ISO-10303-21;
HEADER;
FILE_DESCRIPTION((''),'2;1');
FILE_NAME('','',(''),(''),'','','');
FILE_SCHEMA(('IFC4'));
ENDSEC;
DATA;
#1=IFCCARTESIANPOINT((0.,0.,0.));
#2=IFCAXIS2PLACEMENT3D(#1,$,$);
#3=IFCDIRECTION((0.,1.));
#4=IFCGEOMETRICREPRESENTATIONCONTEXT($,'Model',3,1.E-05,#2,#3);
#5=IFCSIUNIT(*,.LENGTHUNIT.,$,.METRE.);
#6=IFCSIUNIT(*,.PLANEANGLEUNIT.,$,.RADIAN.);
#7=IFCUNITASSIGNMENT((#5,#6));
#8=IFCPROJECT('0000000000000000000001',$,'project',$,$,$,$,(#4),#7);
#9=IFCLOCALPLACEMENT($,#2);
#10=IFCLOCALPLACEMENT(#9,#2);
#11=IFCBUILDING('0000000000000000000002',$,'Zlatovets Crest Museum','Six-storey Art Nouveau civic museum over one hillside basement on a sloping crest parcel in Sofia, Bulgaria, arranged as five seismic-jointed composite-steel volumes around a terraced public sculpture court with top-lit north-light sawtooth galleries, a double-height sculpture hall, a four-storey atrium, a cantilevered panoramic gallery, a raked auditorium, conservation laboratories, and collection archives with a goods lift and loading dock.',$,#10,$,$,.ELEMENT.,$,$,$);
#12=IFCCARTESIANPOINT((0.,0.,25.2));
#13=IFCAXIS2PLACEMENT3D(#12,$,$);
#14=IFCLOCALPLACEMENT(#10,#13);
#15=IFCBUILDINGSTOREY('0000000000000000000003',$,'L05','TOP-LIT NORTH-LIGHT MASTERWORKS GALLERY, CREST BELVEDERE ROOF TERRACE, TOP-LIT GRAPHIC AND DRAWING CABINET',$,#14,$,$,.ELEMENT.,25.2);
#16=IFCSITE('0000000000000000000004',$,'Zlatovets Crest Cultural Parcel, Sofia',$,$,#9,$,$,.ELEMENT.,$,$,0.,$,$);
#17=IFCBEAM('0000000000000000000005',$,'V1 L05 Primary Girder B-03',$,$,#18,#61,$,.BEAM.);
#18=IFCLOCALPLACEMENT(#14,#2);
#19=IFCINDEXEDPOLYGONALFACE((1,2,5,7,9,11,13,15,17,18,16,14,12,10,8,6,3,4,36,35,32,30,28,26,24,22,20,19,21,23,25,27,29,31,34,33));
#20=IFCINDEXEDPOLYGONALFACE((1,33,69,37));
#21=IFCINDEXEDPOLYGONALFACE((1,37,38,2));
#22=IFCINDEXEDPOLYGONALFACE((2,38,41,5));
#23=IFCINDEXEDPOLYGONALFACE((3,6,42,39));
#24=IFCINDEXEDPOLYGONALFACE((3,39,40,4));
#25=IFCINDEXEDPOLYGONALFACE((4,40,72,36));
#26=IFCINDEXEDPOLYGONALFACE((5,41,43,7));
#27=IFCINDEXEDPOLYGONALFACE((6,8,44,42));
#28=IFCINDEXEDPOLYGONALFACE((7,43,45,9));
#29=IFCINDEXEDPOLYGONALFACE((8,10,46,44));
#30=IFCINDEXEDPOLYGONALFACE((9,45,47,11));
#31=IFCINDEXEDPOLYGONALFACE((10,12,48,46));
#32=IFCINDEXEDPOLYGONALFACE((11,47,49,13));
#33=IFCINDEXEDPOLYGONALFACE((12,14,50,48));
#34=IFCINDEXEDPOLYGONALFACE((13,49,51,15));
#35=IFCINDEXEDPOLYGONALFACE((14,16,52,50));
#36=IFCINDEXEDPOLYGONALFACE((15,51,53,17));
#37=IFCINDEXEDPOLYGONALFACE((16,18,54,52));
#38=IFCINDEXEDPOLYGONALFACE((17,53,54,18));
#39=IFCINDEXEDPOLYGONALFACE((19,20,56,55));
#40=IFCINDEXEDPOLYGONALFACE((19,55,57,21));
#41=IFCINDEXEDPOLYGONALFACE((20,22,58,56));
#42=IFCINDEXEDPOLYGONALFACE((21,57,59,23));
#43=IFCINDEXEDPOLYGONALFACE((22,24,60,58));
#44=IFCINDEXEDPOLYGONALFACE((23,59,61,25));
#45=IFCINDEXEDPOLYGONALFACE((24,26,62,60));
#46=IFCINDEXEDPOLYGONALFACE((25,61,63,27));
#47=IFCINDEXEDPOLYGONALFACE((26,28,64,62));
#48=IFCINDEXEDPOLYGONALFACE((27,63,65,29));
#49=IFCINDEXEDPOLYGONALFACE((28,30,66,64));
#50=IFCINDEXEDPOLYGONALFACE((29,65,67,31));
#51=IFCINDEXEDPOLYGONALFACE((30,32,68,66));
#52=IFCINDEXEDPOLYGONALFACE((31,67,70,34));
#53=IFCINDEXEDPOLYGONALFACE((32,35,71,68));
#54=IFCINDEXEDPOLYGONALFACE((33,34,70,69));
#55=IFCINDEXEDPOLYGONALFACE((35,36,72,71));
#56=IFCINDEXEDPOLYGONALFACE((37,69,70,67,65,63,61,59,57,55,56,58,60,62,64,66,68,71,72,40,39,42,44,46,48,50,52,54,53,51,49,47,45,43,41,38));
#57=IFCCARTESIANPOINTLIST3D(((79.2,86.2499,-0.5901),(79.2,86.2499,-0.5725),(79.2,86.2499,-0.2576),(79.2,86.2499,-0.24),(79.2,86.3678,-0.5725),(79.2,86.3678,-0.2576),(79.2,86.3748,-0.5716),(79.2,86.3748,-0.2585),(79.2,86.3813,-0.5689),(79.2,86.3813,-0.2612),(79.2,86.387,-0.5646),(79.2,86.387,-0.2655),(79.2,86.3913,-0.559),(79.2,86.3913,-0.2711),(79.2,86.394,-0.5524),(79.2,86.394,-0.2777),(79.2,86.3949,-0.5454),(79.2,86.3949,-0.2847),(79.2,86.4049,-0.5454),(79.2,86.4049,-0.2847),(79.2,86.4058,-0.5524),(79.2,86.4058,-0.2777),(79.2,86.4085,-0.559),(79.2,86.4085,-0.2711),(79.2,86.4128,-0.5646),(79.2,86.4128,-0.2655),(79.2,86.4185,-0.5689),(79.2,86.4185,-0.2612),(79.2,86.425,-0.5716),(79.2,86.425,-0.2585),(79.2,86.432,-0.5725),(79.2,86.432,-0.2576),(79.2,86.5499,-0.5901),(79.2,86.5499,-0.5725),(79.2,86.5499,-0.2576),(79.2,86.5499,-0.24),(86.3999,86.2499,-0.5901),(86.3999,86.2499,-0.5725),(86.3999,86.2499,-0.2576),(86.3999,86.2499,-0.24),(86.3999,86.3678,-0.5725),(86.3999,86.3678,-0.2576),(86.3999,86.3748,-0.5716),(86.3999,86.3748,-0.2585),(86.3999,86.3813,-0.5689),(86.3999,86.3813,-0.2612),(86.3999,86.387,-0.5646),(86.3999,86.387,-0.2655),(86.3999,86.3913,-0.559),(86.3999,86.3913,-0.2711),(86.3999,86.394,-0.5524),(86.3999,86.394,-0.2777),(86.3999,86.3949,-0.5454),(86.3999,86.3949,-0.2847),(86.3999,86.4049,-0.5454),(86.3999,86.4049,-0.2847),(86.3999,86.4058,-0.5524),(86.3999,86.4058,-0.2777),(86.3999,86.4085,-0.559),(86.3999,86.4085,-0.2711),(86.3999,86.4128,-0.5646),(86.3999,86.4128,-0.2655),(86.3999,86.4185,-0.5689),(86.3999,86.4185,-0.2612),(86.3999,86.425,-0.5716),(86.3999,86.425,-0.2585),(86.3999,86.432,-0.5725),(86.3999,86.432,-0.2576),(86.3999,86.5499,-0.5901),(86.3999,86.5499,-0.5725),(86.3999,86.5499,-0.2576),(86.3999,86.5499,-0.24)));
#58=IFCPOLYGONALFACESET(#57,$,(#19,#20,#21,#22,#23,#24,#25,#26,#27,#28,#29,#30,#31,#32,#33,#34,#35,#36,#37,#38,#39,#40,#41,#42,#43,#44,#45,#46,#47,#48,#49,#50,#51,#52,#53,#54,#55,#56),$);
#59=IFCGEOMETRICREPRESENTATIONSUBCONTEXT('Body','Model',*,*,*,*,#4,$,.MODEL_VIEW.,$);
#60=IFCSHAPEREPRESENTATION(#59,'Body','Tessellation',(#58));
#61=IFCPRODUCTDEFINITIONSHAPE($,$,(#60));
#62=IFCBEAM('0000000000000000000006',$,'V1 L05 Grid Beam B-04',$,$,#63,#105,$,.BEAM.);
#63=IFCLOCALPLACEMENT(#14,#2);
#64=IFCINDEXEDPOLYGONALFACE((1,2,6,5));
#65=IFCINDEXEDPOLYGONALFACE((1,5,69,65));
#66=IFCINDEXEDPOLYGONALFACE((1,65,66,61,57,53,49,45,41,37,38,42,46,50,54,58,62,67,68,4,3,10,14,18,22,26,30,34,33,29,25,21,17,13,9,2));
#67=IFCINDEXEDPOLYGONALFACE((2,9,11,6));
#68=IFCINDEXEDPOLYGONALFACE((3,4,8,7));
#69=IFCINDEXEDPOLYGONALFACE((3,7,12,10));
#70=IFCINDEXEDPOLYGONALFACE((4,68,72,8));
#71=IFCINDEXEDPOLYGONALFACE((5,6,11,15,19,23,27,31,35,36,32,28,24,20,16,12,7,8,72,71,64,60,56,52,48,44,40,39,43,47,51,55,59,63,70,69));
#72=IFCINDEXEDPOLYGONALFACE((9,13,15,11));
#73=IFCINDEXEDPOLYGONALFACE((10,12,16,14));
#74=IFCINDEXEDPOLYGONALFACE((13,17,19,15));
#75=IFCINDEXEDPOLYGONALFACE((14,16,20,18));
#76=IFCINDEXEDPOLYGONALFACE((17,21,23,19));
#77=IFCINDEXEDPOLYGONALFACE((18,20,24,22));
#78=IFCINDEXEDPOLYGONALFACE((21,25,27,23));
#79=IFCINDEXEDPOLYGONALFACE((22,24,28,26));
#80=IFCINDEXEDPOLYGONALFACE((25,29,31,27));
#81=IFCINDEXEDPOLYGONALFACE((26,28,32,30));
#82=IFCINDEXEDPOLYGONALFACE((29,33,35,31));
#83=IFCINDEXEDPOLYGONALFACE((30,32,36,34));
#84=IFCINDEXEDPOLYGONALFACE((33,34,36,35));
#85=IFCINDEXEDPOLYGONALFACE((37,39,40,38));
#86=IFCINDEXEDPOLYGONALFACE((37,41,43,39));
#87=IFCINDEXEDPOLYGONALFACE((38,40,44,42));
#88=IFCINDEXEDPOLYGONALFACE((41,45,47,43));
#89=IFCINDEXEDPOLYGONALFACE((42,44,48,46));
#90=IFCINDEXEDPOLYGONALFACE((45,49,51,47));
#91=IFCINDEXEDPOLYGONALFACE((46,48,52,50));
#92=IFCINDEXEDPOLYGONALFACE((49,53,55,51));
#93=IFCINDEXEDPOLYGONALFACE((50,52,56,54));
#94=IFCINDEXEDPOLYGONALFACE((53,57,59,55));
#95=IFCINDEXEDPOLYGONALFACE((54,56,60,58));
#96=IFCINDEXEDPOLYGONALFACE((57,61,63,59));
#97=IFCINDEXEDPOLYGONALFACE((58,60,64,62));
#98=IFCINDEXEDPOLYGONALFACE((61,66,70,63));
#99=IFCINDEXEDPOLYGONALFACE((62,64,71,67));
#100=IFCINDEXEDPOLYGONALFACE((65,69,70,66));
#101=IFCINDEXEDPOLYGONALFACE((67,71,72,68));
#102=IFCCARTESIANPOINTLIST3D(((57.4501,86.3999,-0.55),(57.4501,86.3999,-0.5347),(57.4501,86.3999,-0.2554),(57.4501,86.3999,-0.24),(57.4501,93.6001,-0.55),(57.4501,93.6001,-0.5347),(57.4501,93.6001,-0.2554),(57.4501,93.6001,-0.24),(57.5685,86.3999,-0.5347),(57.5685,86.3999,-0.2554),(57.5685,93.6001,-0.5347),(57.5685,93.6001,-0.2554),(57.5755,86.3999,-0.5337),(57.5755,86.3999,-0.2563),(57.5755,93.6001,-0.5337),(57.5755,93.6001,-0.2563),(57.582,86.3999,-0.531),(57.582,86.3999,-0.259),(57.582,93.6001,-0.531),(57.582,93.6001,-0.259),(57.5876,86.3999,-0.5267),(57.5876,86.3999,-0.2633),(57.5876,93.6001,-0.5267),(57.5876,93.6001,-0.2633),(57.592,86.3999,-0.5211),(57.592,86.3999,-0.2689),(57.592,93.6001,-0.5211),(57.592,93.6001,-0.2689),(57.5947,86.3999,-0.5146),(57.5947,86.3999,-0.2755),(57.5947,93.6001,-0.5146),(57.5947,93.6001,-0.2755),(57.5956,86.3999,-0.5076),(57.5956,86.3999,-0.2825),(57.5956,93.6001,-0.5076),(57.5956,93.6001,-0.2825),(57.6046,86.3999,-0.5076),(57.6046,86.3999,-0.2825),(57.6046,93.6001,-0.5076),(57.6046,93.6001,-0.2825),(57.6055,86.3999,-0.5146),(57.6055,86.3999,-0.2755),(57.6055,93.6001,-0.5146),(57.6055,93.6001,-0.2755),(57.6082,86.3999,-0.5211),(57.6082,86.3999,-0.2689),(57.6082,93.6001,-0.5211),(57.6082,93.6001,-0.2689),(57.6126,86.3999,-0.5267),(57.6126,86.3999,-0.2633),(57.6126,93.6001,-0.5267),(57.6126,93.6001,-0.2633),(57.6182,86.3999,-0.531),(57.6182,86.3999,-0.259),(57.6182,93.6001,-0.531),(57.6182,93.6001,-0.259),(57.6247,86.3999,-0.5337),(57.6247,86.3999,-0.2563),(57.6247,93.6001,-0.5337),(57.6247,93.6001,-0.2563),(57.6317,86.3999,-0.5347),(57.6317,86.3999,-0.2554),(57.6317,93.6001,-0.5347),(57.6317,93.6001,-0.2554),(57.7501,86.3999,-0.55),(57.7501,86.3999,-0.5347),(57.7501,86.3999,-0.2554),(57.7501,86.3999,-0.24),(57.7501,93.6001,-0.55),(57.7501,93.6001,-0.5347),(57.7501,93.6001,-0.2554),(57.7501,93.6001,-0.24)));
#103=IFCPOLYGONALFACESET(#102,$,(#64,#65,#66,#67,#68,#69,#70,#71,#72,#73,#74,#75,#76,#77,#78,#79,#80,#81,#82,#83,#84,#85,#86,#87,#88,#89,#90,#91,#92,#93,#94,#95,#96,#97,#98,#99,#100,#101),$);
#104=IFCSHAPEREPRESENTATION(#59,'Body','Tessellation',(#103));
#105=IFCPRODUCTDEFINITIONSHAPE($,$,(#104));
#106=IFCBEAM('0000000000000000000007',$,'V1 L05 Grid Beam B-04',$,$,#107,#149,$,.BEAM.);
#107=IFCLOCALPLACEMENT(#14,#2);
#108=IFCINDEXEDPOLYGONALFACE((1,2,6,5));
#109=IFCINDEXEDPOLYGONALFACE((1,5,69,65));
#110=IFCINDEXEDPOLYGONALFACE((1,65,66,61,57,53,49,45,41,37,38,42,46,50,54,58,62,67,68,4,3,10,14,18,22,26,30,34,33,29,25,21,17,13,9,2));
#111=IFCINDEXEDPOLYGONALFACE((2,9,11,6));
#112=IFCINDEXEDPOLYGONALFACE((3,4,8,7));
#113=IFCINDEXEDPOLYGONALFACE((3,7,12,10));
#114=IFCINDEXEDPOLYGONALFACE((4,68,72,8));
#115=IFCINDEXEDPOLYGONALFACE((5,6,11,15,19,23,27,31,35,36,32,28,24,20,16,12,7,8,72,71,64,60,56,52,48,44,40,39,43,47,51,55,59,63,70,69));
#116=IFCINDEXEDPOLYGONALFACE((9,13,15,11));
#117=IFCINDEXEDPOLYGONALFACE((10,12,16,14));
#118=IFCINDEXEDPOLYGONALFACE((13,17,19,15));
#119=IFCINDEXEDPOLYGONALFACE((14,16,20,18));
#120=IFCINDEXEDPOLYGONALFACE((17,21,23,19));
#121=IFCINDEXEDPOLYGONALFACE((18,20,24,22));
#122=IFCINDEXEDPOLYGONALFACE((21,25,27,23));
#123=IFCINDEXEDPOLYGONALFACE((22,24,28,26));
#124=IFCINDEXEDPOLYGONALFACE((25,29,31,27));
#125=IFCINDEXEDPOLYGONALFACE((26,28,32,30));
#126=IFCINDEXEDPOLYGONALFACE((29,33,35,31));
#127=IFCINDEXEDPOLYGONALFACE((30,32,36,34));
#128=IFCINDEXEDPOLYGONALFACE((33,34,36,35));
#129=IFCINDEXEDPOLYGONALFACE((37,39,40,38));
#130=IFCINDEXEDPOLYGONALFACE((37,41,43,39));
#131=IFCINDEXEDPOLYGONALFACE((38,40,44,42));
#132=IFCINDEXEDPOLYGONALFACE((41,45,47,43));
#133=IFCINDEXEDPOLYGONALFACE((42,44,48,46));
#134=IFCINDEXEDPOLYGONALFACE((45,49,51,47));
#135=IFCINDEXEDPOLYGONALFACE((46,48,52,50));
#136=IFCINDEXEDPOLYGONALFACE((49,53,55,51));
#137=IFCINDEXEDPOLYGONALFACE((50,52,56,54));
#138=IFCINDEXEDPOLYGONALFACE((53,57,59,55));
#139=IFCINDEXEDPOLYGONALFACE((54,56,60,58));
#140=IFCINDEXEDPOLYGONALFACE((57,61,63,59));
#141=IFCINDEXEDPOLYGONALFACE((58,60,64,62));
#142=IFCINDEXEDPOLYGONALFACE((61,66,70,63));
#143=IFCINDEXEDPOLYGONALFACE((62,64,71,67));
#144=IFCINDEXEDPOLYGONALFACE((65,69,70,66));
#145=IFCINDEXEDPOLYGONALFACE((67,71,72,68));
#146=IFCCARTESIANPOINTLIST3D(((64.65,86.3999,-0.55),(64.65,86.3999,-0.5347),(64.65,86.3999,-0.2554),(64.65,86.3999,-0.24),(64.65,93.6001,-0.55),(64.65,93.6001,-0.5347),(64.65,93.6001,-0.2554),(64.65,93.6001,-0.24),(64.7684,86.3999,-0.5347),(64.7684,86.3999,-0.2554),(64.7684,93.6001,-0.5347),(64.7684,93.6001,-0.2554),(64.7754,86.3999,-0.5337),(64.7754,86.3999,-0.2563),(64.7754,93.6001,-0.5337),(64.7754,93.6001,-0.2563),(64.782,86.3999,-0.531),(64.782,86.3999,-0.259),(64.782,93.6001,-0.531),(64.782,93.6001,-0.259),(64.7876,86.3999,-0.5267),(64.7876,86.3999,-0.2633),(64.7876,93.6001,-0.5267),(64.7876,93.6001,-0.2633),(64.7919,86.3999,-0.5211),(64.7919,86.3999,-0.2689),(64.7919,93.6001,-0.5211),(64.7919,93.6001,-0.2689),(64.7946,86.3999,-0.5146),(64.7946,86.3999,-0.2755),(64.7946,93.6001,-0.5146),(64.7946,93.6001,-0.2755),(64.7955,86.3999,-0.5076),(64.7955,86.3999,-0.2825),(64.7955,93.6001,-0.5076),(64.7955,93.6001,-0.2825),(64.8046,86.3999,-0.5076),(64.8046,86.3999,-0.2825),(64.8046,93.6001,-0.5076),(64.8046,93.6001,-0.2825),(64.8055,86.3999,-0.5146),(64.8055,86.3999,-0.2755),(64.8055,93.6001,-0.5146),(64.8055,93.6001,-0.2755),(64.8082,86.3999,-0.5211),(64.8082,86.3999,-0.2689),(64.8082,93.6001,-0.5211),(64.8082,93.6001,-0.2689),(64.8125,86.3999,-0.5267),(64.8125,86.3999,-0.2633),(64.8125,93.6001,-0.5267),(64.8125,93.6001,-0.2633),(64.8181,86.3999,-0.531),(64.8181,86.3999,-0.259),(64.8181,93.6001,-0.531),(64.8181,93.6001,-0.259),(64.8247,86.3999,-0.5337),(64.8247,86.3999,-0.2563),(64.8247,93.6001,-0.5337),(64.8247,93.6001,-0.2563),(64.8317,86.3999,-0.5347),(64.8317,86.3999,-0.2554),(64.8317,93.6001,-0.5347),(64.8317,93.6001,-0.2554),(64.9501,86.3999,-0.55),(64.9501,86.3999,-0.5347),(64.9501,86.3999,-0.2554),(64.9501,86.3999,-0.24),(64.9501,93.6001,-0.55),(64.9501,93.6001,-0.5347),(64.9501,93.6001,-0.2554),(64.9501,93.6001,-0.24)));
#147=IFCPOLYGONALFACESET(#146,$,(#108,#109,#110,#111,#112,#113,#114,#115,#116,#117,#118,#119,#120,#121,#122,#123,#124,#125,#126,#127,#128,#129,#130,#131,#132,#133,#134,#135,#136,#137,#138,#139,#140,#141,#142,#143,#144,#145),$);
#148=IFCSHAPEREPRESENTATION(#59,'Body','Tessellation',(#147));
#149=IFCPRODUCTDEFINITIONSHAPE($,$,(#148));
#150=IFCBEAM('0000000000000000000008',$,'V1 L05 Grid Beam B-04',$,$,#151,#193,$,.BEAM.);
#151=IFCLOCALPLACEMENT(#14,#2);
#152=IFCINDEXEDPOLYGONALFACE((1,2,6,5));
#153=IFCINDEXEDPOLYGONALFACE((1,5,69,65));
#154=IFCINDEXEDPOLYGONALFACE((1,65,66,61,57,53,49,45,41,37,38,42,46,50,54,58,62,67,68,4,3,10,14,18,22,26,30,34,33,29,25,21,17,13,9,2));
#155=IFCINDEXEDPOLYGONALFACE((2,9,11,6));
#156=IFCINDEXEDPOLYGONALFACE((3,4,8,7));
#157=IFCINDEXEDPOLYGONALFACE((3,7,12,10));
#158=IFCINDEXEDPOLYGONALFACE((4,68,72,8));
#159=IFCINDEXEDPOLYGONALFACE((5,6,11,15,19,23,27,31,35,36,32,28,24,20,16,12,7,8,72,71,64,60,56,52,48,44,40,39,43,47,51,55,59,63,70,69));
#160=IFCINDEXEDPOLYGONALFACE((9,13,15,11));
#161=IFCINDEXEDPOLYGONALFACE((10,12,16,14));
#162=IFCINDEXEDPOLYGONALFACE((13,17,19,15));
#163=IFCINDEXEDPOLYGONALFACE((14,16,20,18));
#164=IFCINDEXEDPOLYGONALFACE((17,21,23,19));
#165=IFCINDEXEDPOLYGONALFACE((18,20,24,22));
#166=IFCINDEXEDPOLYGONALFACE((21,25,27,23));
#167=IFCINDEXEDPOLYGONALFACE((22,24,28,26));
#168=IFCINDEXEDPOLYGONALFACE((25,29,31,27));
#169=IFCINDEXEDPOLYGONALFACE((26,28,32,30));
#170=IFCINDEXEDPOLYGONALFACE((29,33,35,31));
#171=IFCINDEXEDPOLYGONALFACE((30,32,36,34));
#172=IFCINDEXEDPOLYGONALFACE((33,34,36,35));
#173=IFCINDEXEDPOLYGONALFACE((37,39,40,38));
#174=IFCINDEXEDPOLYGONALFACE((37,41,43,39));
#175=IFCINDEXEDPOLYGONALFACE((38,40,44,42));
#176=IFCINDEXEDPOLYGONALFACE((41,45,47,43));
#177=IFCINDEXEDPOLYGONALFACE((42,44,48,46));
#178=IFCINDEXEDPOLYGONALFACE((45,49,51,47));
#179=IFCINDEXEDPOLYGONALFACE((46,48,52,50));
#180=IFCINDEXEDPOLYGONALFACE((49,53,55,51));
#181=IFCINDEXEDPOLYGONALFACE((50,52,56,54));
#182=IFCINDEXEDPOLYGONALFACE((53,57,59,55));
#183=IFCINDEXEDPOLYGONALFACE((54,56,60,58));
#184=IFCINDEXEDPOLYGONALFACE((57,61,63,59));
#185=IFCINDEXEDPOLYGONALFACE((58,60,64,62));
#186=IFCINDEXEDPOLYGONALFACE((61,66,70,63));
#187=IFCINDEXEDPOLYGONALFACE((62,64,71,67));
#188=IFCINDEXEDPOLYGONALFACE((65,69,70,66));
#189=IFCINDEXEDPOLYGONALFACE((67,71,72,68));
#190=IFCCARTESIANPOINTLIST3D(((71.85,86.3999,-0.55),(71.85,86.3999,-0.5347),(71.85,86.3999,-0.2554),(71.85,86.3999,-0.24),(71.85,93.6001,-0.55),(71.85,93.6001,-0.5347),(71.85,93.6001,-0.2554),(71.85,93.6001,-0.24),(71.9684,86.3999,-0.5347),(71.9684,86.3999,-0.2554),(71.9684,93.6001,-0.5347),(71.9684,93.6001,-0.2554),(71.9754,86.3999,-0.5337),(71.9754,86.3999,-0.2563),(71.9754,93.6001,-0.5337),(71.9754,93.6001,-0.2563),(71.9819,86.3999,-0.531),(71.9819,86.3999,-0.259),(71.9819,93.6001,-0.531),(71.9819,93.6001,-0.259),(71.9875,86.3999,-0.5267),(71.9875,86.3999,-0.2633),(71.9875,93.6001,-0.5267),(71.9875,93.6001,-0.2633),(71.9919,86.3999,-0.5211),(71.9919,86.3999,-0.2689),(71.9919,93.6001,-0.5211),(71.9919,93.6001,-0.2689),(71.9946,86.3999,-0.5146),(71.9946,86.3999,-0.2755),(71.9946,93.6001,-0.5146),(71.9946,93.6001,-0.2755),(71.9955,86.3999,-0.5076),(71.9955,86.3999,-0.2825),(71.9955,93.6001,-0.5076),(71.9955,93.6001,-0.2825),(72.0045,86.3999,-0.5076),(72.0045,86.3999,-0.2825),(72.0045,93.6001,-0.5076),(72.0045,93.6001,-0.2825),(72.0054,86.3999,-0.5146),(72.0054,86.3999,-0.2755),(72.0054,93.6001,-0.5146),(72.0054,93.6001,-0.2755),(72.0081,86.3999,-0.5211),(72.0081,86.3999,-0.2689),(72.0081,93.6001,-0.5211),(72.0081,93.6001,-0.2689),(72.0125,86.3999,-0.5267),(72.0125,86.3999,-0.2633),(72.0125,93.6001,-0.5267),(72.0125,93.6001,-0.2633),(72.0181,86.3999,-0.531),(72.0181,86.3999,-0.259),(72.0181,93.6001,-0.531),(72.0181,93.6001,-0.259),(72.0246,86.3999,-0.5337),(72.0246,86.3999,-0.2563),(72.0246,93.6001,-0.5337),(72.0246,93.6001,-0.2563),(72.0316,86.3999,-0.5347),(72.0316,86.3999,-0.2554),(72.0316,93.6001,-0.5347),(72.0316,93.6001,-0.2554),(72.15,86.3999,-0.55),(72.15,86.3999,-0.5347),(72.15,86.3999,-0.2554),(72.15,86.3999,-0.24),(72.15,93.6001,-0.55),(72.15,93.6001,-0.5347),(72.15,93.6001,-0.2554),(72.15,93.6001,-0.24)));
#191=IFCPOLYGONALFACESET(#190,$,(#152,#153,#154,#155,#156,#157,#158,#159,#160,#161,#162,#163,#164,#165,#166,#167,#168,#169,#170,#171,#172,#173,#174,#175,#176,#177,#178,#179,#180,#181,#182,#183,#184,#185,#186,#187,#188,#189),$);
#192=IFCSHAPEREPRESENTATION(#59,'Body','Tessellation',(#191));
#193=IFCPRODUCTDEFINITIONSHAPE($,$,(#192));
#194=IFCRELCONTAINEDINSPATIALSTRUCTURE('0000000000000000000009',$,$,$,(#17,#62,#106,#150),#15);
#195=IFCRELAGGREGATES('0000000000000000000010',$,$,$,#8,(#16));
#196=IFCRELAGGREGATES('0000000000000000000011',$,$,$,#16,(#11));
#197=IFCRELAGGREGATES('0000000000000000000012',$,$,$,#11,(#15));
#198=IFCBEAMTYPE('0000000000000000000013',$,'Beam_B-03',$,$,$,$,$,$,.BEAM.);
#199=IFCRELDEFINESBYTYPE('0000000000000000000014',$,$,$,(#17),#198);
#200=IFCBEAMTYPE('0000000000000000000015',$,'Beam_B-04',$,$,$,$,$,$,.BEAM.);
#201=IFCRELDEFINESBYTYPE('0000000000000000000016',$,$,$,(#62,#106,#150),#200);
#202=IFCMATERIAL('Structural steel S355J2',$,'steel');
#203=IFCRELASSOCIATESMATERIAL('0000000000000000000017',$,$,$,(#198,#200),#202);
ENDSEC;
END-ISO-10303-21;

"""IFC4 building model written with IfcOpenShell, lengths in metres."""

from ifc_helpers import new_model, si_unit, direction, frame, origin, origin_2d, place, context, subcontext, project, spatial, i_section, extrude, material, material_profile, profile_set, type_object, element, save


model = new_model("IFC4")

# Units and contexts
model_context = context("Model", 3, precision=1e-05, world=origin(), true_north=direction((0.0, 1.0)))
body_context = subcontext(model_context, "Body", "Model", "MODEL_VIEW")
ifc_project = project(units=[si_unit("LENGTHUNIT", "METRE"), si_unit("PLANEANGLEUNIT", "RADIAN")], contexts=[model_context])

# Site, building, storey
site_placement = place(None, origin())
site = spatial("IfcSite", under=ifc_project, at=site_placement, Name="Zlatovets Crest Cultural Parcel, Sofia", CompositionType="ELEMENT", RefElevation=0.0)
building_placement = place(site_placement, origin())
building = spatial("IfcBuilding", under=site, at=building_placement, Name="Zlatovets Crest Museum", Description="Six-storey Art Nouveau civic museum over one hillside basement on a sloping crest parcel in Sofia, Bulgaria, arranged as five seismic-jointed composite-steel volumes around a terraced public sculpture court with top-lit north-light sawtooth galleries, a double-height sculpture hall, a four-storey atrium, a cantilevered panoramic gallery, a raked auditorium, conservation laboratories, and collection archives with a goods lift and loading dock.", CompositionType="ELEMENT")
storey_placement = place(building_placement, frame((0.0, 0.0, 25.2)))
storey = spatial("IfcBuildingStorey", under=building, at=storey_placement, Name="L05", Description="TOP-LIT NORTH-LIGHT MASTERWORKS GALLERY, CREST BELVEDERE ROOF TERRACE, TOP-LIT GRAPHIC AND DRAWING CABINET", CompositionType="ELEMENT", Elevation=25.2)

# Beams
ifc_material_1 = material(Name="Structural steel S355J2", Category="steel")
ifc_material_profile_1 = material_profile(ifc_material_1, i_section(OverallWidth=0.3, OverallDepth=0.3501, WebThickness=0.01, FlangeThickness=0.0176, FilletRadius=0.0271, at=origin_2d()), Name="HEA 360")
ifc_profile_set_1 = profile_set([ifc_material_profile_1], Name="Structural steel S355J2")
beam_type_1 = type_object("IfcBeamType", Name="Beam_B-03", PredefinedType="BEAM", material=ifc_profile_set_1)
for number, where, z_axis, x_axis, name in (
    (1, (79.2, 86.3999, -0.415), (1.0, 0.0, 0.0), (0.0, 1.0, 0.0), "V1 L05 Primary Girder B-03"),
):
    element("IfcBeam", number, at=place(storey_placement, frame(where, z_axis=z_axis, x_axis=x_axis)), inside=storey, type_object=beam_type_1, Name=name, PredefinedType="BEAM", context=body_context, shape_type="SweptSolid", body=[
        extrude(i_section(OverallWidth=0.3, OverallDepth=0.3501, WebThickness=0.01, FlangeThickness=0.0176, FilletRadius=0.0271, at=origin_2d()), origin(), (0.0, 0.0, 1.0), 7.2),
    ])
ifc_material_profile_2 = material_profile(ifc_material_1, i_section(OverallWidth=0.3, OverallDepth=0.3101, WebThickness=0.009, FlangeThickness=0.0154, FilletRadius=0.0271, at=origin_2d()), Name="HEA 320")
ifc_profile_set_2 = profile_set([ifc_material_profile_2], Name="Structural steel S355J2")
beam_type_2 = type_object("IfcBeamType", Name="Beam_B-04", PredefinedType="BEAM", material=ifc_profile_set_2)
for number, where, z_axis, x_axis, name in (
    (2, (57.6001, 86.3999, -0.395), (0.0, 1.0, 0.0), (-1.0, 0.0, 0.0), "V1 L05 Grid Beam B-04"),
    (3, (64.8, 86.3999, -0.395), (0.0, 1.0, 0.0), (-1.0, 0.0, 0.0), "V1 L05 Grid Beam B-04"),
    (4, (72.0, 86.3999, -0.395), (0.0, 1.0, 0.0), (-1.0, 0.0, 0.0), "V1 L05 Grid Beam B-04"),
):
    element("IfcBeam", number, at=place(storey_placement, frame(where, z_axis=z_axis, x_axis=x_axis)), inside=storey, type_object=beam_type_2, Name=name, PredefinedType="BEAM", context=body_context, shape_type="SweptSolid", body=[
        extrude(i_section(OverallWidth=0.3, OverallDepth=0.3101, WebThickness=0.009, FlangeThickness=0.0154, FilletRadius=0.0271, at=origin_2d()), origin(), (0.0, 0.0, 1.0), 7.2002),
    ])

save(model, "model.ifc")
